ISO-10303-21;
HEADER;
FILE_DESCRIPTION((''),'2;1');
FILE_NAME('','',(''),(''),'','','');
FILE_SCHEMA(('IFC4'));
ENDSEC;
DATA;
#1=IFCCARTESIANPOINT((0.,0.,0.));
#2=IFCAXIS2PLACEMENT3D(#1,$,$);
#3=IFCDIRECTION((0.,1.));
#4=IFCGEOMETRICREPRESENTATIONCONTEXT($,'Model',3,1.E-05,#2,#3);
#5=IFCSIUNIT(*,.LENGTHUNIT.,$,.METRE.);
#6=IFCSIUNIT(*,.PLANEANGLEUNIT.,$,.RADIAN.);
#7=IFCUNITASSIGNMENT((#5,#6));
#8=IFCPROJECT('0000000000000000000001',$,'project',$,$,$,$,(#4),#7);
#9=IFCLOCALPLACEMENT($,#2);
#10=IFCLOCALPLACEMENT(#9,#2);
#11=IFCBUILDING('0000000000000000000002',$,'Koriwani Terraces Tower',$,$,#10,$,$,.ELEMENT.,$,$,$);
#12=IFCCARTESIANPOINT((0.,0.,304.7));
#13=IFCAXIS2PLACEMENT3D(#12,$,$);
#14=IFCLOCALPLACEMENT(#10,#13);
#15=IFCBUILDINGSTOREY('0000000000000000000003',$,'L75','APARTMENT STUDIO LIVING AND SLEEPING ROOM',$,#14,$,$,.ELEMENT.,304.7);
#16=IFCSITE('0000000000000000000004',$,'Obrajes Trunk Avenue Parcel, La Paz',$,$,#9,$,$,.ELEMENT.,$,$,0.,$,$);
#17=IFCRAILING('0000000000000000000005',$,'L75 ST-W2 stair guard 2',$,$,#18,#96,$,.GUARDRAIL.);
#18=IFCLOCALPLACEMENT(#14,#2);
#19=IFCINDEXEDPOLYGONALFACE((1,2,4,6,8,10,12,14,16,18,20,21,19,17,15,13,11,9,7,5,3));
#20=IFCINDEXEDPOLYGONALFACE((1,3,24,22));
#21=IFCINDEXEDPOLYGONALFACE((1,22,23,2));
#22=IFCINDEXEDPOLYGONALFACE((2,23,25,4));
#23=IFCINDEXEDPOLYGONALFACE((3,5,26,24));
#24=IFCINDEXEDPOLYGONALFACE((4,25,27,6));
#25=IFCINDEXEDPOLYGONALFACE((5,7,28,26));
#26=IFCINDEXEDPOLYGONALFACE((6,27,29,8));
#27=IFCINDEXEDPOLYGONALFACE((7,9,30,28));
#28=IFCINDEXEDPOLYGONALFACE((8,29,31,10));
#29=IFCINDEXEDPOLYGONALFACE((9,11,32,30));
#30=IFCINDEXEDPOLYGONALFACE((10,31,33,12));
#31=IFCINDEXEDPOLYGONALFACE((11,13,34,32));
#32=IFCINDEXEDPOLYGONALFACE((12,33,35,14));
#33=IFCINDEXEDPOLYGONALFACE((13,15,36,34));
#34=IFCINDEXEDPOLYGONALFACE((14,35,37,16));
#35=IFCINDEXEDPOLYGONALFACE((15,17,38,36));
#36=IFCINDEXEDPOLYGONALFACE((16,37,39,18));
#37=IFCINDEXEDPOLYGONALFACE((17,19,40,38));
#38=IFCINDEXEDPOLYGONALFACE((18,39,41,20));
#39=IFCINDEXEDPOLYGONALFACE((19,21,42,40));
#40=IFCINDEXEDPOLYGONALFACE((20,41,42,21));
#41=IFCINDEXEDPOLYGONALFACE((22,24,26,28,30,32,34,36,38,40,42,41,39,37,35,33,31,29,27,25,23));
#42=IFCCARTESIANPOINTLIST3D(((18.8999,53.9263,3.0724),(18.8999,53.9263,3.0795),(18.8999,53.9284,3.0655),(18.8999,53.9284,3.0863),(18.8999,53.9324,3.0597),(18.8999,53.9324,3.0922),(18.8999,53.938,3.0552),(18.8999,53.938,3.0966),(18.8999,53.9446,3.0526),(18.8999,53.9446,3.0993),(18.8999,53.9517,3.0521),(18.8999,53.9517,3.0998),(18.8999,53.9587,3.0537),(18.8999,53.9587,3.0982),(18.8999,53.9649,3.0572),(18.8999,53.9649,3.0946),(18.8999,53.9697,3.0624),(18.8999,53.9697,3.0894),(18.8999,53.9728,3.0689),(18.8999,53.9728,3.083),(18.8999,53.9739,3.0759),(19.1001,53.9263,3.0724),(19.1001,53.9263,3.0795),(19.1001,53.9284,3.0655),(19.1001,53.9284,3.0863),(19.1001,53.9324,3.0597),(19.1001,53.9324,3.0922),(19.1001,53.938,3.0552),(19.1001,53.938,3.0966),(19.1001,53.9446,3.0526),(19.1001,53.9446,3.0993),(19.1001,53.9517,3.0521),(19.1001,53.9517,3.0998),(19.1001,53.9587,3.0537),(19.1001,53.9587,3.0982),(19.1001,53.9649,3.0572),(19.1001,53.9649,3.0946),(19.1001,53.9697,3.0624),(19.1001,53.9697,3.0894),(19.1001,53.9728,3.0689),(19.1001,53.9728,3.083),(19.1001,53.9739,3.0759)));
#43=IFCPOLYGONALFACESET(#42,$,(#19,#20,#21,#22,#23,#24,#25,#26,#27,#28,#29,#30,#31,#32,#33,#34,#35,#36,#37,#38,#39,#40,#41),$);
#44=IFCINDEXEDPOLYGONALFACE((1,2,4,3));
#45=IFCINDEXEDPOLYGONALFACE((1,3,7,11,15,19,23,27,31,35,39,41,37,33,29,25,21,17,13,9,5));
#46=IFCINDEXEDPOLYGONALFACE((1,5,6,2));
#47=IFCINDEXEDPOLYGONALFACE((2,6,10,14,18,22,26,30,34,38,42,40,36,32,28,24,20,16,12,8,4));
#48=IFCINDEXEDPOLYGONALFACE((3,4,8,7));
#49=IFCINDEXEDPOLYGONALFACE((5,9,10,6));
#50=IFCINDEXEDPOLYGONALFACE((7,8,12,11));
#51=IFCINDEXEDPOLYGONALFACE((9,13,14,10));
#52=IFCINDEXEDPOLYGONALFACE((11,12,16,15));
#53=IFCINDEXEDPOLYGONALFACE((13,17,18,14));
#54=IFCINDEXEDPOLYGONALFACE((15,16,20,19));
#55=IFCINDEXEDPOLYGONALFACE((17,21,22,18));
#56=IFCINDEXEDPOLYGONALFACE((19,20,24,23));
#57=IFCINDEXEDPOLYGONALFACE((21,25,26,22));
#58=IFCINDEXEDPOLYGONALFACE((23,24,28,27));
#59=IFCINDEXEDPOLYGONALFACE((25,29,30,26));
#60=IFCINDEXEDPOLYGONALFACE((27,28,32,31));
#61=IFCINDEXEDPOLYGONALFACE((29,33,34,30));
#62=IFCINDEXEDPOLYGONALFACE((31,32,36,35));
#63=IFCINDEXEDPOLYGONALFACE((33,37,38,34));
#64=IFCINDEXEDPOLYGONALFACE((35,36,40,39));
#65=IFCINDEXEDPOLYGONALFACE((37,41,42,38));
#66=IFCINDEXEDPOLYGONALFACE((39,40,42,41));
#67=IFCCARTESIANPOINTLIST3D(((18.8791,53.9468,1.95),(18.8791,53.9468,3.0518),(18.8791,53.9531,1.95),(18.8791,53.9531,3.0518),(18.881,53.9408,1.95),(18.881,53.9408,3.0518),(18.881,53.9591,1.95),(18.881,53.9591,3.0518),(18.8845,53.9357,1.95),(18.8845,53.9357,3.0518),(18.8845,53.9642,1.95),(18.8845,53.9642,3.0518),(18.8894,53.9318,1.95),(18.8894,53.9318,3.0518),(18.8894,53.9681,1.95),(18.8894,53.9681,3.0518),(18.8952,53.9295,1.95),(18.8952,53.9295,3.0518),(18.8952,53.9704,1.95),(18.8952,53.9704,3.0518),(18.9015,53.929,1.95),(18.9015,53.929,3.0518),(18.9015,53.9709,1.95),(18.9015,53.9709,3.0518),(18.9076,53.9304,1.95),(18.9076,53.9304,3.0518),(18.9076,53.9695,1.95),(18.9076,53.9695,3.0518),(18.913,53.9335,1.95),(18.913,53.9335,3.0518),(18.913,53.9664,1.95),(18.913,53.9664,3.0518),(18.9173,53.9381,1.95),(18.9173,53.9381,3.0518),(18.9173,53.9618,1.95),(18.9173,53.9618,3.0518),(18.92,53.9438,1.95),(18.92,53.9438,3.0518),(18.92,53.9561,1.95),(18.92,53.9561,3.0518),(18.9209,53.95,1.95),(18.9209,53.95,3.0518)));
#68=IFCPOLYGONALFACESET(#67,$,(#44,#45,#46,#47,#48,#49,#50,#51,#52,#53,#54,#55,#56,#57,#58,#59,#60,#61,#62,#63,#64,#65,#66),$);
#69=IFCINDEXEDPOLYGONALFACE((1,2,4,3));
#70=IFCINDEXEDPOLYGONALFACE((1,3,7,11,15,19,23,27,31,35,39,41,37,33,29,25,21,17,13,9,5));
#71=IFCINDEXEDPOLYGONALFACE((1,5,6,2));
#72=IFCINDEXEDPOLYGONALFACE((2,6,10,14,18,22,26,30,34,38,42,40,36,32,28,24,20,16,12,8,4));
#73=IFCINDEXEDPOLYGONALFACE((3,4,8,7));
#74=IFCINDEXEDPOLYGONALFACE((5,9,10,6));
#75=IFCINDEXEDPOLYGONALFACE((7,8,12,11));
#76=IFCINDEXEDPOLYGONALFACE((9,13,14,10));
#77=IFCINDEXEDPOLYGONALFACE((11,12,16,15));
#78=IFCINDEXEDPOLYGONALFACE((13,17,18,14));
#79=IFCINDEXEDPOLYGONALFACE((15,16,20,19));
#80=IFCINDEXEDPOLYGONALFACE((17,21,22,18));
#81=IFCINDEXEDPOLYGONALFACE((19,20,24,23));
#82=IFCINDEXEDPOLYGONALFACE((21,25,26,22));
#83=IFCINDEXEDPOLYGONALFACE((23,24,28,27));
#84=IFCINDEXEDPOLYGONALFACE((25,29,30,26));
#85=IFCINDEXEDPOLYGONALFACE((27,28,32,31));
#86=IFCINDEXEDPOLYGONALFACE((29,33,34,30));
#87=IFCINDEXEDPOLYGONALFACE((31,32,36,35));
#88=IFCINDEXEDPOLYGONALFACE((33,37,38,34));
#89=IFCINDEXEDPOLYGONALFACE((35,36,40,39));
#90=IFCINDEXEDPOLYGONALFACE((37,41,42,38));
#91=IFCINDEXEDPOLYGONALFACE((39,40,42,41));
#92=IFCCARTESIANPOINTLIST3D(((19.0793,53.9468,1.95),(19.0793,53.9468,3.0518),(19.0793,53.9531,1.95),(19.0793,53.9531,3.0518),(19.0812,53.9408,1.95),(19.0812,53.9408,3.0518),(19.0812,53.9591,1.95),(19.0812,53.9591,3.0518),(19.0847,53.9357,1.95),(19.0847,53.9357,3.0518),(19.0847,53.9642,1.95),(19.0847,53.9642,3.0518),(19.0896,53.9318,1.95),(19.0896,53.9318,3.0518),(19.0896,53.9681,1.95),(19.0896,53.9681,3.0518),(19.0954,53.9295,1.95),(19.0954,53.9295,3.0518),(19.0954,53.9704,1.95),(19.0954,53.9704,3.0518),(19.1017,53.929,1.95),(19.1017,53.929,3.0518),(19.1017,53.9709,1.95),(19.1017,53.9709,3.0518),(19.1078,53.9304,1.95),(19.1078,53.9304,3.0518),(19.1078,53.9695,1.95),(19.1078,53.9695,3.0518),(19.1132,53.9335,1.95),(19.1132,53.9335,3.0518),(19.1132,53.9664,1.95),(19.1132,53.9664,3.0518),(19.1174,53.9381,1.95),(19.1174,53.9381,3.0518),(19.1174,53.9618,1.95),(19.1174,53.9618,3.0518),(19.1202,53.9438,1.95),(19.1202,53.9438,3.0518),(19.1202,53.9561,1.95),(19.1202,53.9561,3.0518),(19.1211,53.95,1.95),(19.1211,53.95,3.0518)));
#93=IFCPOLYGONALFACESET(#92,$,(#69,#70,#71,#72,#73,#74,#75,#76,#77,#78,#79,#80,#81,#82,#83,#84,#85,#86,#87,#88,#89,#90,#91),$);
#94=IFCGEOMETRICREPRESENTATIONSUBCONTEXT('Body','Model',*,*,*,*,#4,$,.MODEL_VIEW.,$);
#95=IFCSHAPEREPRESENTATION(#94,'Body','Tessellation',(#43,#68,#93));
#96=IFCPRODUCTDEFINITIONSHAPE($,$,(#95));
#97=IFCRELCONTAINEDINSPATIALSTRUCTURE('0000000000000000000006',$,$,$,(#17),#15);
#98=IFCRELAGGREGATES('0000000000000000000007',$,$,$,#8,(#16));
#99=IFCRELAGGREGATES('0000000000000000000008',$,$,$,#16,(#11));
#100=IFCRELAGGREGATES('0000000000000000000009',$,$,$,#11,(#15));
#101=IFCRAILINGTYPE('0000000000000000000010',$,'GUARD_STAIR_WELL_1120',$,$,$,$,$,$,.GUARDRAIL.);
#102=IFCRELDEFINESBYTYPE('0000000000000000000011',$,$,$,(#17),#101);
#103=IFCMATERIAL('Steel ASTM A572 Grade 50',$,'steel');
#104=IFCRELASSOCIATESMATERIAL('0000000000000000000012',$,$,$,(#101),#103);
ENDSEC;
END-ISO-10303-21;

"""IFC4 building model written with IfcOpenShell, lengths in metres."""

from ifc_helpers import new_model, si_unit, direction, frame, origin, origin_2d, place, context, subcontext, project, spatial, circle, extrude, material, type_object, element, save


model = new_model("IFC4")

# Units and contexts
model_context = context("Model", 3, precision=1e-05, world=origin(), true_north=direction((0.0, 1.0)))
body_context = subcontext(model_context, "Body", "Model", "MODEL_VIEW")
ifc_project = project(units=[si_unit("LENGTHUNIT", "METRE"), si_unit("PLANEANGLEUNIT", "RADIAN")], contexts=[model_context])

# Site, building, storey
site_placement = place(None, origin())
site = spatial("IfcSite", under=ifc_project, at=site_placement, Name="Obrajes Trunk Avenue Parcel, La Paz", CompositionType="ELEMENT", RefElevation=0.0)
building_placement = place(site_placement, origin())
building = spatial("IfcBuilding", under=site, at=building_placement, Name="Koriwani Terraces Tower", CompositionType="ELEMENT")
storey_placement = place(building_placement, frame((0.0, 0.0, 304.7)))
storey = spatial("IfcBuildingStorey", under=building, at=storey_placement, Name="L75", Description="APARTMENT STUDIO LIVING AND SLEEPING ROOM", CompositionType="ELEMENT", Elevation=304.7)

# Shared definitions
ifc_material_1 = material(Name="Steel ASTM A572 Grade 50", Category="steel")

# Railing
railing_type_1 = type_object("IfcRailingType", Name="GUARD_STAIR_WELL_1120", PredefinedType="GUARDRAIL", material=ifc_material_1)
railing_1_placement = place(storey_placement, frame((18.8999, 53.95, 1.95)))
element("IfcRailing", 1, at=railing_1_placement, inside=storey, type_object=railing_type_1, Name="L75 ST-W2 stair guard 2", PredefinedType="GUARDRAIL", context=body_context, shape_type="SweptSolid", body=[
    extrude(circle(Radius=0.0239, at=origin_2d()), frame((0.0, 0.0, 1.126), z_axis=(1.0, 0.0, 0.0), x_axis=(0.0, 1.0, 0.0)), (0.0, 0.0, 1.0), 0.2002),
    extrude(circle(Radius=0.021, at=origin_2d()), origin(), (0.0, 0.0, 1.0), 1.1018),
    extrude(circle(Radius=0.021, at=origin_2d()), frame((0.2002, 0.0, 0.0)), (0.0, 0.0, 1.0), 1.1018),
])

save(model, "model.ifc")
